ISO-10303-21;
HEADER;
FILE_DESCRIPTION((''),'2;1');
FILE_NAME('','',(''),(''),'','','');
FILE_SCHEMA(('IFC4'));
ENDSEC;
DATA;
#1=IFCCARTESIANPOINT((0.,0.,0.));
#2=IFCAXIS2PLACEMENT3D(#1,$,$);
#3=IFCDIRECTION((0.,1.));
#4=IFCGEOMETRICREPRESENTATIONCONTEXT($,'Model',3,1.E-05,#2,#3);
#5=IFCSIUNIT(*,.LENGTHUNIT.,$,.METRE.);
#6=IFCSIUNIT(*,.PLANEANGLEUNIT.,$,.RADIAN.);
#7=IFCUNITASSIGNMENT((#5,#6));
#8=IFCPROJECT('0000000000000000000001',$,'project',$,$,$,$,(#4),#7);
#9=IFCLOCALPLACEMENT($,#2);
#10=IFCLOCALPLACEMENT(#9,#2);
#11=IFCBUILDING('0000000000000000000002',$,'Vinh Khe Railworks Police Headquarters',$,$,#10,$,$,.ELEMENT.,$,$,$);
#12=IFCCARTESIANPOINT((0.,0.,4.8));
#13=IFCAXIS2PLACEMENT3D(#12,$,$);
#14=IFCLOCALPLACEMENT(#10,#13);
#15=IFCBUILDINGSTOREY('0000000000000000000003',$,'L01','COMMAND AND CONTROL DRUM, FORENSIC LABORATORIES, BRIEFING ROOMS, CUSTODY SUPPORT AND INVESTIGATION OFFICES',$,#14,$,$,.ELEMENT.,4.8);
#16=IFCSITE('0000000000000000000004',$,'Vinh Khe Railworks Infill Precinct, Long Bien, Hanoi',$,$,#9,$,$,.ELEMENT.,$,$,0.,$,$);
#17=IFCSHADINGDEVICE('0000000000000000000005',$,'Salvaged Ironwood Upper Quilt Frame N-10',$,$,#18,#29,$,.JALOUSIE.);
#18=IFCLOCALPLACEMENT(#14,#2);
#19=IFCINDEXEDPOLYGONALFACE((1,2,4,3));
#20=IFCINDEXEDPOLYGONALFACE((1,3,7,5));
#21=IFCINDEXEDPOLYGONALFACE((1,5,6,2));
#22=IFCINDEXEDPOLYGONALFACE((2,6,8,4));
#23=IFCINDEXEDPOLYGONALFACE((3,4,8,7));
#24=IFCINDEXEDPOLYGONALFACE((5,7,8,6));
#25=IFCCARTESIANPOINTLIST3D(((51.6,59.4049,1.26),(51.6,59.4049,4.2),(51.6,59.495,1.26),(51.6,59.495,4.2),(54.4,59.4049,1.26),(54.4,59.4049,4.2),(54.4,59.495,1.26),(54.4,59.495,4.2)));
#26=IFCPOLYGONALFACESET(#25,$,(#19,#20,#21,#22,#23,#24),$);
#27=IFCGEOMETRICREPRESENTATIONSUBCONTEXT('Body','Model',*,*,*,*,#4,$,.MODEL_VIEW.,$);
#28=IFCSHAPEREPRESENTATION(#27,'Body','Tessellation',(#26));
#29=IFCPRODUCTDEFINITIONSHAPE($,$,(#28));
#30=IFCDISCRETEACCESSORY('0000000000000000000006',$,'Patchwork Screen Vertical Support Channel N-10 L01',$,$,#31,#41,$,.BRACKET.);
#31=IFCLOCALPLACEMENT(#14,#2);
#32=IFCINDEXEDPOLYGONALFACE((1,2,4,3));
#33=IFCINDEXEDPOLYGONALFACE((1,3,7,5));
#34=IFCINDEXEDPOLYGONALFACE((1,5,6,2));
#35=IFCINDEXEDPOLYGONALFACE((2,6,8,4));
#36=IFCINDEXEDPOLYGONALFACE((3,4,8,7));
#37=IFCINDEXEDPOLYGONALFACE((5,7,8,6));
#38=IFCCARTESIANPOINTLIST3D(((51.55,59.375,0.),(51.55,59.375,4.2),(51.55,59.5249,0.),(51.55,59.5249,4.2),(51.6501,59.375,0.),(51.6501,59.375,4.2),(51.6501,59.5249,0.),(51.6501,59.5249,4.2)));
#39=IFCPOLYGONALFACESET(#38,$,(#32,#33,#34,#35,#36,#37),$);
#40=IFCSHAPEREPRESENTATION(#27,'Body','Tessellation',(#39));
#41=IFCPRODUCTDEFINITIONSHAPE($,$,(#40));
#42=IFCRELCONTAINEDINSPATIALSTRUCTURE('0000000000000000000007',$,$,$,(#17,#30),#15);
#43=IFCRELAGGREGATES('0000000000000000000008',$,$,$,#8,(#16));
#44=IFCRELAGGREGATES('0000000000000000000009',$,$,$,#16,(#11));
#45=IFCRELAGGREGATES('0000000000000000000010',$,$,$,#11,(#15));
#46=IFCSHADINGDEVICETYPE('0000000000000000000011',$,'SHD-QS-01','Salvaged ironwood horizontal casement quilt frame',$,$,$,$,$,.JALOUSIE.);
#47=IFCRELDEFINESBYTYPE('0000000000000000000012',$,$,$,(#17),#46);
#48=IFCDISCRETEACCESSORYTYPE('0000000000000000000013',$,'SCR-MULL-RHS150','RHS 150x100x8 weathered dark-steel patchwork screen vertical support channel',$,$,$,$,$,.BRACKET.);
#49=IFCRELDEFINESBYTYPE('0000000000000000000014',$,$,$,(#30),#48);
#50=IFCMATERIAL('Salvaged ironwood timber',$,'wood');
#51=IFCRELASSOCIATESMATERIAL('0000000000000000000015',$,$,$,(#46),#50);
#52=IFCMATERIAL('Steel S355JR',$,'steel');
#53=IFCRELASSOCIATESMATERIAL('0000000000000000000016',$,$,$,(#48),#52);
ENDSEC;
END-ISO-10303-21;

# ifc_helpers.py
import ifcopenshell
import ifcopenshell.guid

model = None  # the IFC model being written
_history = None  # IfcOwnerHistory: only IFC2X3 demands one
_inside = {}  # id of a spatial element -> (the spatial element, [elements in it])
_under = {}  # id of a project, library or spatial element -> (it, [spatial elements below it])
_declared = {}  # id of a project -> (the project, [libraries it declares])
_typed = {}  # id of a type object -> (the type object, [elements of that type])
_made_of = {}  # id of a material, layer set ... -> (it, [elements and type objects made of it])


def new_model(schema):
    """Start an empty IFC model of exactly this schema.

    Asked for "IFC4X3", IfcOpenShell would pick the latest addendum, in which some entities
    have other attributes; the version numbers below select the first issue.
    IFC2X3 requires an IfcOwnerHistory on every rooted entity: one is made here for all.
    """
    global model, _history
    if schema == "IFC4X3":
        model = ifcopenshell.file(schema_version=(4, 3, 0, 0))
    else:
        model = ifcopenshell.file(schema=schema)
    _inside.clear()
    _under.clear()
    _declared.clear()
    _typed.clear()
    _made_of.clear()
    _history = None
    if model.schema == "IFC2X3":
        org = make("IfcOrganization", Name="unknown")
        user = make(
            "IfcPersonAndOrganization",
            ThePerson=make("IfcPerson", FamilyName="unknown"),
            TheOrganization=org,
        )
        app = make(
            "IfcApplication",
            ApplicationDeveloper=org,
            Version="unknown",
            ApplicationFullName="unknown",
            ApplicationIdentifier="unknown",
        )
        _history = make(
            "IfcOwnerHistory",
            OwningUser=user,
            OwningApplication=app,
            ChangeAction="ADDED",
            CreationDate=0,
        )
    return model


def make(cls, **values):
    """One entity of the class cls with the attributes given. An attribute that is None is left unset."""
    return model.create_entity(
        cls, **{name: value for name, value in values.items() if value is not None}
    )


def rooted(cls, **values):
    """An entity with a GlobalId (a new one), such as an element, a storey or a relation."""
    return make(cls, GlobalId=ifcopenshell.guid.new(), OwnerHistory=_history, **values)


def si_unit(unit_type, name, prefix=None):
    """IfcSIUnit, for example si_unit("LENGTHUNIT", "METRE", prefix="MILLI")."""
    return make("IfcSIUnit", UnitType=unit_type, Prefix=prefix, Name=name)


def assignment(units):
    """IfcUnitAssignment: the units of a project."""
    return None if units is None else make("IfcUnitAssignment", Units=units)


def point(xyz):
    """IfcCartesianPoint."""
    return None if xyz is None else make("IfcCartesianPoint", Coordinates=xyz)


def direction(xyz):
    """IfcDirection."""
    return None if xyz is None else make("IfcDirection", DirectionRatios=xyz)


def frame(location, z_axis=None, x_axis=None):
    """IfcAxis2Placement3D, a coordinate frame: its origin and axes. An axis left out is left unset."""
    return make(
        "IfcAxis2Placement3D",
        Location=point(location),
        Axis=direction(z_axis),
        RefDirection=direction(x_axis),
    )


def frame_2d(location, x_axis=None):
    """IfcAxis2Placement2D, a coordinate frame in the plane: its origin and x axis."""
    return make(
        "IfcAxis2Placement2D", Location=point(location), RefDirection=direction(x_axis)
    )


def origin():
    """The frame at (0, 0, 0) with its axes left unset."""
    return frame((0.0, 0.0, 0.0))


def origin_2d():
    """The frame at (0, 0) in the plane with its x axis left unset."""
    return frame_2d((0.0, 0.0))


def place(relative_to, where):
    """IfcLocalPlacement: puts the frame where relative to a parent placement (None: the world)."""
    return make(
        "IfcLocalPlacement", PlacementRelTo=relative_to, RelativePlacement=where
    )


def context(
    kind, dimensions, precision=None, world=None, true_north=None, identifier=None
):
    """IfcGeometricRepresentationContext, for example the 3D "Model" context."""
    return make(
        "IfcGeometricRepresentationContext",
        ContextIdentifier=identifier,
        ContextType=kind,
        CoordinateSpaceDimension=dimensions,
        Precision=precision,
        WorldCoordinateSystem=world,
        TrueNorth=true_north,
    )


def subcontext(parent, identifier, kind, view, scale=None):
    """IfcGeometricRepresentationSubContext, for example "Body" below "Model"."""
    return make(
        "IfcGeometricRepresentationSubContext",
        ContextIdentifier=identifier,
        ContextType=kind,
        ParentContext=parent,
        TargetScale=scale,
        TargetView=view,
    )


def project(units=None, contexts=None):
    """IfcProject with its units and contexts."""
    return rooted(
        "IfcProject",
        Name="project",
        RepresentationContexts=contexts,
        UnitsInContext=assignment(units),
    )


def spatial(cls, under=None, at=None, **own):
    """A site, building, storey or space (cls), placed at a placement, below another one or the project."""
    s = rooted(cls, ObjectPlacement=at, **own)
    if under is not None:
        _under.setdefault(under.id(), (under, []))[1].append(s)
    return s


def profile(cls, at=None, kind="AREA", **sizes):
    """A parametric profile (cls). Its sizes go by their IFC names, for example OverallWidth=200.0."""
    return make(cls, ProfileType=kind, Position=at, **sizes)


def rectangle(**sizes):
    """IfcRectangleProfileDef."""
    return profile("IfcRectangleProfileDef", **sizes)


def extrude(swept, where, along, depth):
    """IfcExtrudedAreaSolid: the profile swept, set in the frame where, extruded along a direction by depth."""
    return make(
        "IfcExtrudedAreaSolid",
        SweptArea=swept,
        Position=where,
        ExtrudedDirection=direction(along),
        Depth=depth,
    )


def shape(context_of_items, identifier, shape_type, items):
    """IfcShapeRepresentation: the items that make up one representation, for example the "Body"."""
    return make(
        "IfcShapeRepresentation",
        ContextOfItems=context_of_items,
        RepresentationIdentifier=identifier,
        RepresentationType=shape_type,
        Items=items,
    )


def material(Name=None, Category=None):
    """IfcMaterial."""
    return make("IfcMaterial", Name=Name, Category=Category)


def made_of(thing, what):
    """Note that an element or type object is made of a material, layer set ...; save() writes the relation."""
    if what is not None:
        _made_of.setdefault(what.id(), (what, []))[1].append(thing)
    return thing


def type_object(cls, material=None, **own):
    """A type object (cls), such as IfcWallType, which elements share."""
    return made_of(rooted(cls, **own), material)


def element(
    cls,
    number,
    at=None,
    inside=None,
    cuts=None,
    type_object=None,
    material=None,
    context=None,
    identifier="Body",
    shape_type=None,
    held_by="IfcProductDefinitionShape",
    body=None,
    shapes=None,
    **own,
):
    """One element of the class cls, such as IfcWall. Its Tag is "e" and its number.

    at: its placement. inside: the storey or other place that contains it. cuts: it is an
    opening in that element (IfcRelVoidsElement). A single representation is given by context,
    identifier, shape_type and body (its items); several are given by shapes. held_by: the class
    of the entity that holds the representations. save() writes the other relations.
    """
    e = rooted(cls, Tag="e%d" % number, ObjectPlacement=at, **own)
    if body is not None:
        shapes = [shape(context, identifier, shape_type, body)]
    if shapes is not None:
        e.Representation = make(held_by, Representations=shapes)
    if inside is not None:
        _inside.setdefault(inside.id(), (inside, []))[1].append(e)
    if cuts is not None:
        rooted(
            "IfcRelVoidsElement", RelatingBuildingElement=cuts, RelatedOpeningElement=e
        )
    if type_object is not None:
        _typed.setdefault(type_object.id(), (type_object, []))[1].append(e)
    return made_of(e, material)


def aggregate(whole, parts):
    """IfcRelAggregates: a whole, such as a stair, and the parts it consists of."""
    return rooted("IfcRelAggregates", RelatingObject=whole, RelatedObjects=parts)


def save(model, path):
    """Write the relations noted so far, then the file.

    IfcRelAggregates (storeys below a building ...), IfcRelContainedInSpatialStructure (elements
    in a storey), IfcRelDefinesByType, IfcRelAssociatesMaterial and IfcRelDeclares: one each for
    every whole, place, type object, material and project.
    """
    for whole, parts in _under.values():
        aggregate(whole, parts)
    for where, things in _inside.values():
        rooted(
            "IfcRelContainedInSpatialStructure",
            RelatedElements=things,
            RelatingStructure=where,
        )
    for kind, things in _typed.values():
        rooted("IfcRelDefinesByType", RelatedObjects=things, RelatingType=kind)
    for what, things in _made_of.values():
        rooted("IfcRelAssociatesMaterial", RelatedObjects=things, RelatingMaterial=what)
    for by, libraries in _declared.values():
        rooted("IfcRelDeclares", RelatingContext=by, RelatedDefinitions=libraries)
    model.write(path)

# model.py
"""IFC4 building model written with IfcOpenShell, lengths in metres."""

from ifc_helpers import new_model, si_unit, direction, frame, origin, origin_2d, place, context, subcontext, project, spatial, rectangle, extrude, material, type_object, element, save


model = new_model("IFC4")

# Units and contexts
model_context = context("Model", 3, precision=1e-05, world=origin(), true_north=direction((0.0, 1.0)))
body_context = subcontext(model_context, "Body", "Model", "MODEL_VIEW")
ifc_project = project(units=[si_unit("LENGTHUNIT", "METRE"), si_unit("PLANEANGLEUNIT", "RADIAN")], contexts=[model_context])

# Site, building, storey
site_placement = place(None, origin())
site = spatial("IfcSite", under=ifc_project, at=site_placement, Name="Vinh Khe Railworks Infill Precinct, Long Bien, Hanoi", CompositionType="ELEMENT", RefElevation=0.0)
building_placement = place(site_placement, origin())
building = spatial("IfcBuilding", under=site, at=building_placement, Name="Vinh Khe Railworks Police Headquarters", CompositionType="ELEMENT")
storey_placement = place(building_placement, frame((0.0, 0.0, 4.8)))
storey = spatial("IfcBuildingStorey", under=building, at=storey_placement, Name="L01", Description="COMMAND AND CONTROL DRUM, FORENSIC LABORATORIES, BRIEFING ROOMS, CUSTODY SUPPORT AND INVESTIGATION OFFICES", CompositionType="ELEMENT", Elevation=4.8)

# Shared definitions
ifc_material_1 = material(Name="Steel S355JR", Category="steel")

# Shared definitions
ifc_material_2 = material(Name="Salvaged ironwood timber", Category="wood")

# Shading device
shading_device_type = type_object("IfcShadingDeviceType", Name="SHD-QS-01", Description="Salvaged ironwood horizontal casement quilt frame", PredefinedType="JALOUSIE", material=ifc_material_2)
shading_device_placement = place(storey_placement, frame((53.0, 59.45, 1.26), z_axis=(0.0, 0.0, 1.0), x_axis=(1.0, 0.0, 0.0)))
element("IfcShadingDevice", 1, at=shading_device_placement, inside=storey, type_object=shading_device_type, Name="Salvaged Ironwood Upper Quilt Frame N-10", PredefinedType="JALOUSIE", context=body_context, shape_type="SweptSolid", body=[
    extrude(rectangle(XDim=2.8, YDim=0.0901, at=origin_2d()), origin(), (0.0, 0.0, 1.0), 2.9399),
])

# Discrete accessory
discrete_accessory_type = type_object("IfcDiscreteAccessoryType", Name="SCR-MULL-RHS150", Description="RHS 150x100x8 weathered dark-steel patchwork screen vertical support channel", PredefinedType="BRACKET", material=ifc_material_1)
discrete_accessory_placement = place(storey_placement, frame((51.6001, 59.45, 0.0), z_axis=(0.0, 0.0, 1.0), x_axis=(1.0, 0.0, 0.0)))
element("IfcDiscreteAccessory", 2, at=discrete_accessory_placement, inside=storey, type_object=discrete_accessory_type, Name="Patchwork Screen Vertical Support Channel N-10 L01", PredefinedType="BRACKET", context=body_context, shape_type="SweptSolid", body=[
    extrude(rectangle(XDim=0.1001, YDim=0.1499, at=origin_2d()), origin(), (0.0, 0.0, 1.0), 4.2),
])

save(model, "model.ifc")
